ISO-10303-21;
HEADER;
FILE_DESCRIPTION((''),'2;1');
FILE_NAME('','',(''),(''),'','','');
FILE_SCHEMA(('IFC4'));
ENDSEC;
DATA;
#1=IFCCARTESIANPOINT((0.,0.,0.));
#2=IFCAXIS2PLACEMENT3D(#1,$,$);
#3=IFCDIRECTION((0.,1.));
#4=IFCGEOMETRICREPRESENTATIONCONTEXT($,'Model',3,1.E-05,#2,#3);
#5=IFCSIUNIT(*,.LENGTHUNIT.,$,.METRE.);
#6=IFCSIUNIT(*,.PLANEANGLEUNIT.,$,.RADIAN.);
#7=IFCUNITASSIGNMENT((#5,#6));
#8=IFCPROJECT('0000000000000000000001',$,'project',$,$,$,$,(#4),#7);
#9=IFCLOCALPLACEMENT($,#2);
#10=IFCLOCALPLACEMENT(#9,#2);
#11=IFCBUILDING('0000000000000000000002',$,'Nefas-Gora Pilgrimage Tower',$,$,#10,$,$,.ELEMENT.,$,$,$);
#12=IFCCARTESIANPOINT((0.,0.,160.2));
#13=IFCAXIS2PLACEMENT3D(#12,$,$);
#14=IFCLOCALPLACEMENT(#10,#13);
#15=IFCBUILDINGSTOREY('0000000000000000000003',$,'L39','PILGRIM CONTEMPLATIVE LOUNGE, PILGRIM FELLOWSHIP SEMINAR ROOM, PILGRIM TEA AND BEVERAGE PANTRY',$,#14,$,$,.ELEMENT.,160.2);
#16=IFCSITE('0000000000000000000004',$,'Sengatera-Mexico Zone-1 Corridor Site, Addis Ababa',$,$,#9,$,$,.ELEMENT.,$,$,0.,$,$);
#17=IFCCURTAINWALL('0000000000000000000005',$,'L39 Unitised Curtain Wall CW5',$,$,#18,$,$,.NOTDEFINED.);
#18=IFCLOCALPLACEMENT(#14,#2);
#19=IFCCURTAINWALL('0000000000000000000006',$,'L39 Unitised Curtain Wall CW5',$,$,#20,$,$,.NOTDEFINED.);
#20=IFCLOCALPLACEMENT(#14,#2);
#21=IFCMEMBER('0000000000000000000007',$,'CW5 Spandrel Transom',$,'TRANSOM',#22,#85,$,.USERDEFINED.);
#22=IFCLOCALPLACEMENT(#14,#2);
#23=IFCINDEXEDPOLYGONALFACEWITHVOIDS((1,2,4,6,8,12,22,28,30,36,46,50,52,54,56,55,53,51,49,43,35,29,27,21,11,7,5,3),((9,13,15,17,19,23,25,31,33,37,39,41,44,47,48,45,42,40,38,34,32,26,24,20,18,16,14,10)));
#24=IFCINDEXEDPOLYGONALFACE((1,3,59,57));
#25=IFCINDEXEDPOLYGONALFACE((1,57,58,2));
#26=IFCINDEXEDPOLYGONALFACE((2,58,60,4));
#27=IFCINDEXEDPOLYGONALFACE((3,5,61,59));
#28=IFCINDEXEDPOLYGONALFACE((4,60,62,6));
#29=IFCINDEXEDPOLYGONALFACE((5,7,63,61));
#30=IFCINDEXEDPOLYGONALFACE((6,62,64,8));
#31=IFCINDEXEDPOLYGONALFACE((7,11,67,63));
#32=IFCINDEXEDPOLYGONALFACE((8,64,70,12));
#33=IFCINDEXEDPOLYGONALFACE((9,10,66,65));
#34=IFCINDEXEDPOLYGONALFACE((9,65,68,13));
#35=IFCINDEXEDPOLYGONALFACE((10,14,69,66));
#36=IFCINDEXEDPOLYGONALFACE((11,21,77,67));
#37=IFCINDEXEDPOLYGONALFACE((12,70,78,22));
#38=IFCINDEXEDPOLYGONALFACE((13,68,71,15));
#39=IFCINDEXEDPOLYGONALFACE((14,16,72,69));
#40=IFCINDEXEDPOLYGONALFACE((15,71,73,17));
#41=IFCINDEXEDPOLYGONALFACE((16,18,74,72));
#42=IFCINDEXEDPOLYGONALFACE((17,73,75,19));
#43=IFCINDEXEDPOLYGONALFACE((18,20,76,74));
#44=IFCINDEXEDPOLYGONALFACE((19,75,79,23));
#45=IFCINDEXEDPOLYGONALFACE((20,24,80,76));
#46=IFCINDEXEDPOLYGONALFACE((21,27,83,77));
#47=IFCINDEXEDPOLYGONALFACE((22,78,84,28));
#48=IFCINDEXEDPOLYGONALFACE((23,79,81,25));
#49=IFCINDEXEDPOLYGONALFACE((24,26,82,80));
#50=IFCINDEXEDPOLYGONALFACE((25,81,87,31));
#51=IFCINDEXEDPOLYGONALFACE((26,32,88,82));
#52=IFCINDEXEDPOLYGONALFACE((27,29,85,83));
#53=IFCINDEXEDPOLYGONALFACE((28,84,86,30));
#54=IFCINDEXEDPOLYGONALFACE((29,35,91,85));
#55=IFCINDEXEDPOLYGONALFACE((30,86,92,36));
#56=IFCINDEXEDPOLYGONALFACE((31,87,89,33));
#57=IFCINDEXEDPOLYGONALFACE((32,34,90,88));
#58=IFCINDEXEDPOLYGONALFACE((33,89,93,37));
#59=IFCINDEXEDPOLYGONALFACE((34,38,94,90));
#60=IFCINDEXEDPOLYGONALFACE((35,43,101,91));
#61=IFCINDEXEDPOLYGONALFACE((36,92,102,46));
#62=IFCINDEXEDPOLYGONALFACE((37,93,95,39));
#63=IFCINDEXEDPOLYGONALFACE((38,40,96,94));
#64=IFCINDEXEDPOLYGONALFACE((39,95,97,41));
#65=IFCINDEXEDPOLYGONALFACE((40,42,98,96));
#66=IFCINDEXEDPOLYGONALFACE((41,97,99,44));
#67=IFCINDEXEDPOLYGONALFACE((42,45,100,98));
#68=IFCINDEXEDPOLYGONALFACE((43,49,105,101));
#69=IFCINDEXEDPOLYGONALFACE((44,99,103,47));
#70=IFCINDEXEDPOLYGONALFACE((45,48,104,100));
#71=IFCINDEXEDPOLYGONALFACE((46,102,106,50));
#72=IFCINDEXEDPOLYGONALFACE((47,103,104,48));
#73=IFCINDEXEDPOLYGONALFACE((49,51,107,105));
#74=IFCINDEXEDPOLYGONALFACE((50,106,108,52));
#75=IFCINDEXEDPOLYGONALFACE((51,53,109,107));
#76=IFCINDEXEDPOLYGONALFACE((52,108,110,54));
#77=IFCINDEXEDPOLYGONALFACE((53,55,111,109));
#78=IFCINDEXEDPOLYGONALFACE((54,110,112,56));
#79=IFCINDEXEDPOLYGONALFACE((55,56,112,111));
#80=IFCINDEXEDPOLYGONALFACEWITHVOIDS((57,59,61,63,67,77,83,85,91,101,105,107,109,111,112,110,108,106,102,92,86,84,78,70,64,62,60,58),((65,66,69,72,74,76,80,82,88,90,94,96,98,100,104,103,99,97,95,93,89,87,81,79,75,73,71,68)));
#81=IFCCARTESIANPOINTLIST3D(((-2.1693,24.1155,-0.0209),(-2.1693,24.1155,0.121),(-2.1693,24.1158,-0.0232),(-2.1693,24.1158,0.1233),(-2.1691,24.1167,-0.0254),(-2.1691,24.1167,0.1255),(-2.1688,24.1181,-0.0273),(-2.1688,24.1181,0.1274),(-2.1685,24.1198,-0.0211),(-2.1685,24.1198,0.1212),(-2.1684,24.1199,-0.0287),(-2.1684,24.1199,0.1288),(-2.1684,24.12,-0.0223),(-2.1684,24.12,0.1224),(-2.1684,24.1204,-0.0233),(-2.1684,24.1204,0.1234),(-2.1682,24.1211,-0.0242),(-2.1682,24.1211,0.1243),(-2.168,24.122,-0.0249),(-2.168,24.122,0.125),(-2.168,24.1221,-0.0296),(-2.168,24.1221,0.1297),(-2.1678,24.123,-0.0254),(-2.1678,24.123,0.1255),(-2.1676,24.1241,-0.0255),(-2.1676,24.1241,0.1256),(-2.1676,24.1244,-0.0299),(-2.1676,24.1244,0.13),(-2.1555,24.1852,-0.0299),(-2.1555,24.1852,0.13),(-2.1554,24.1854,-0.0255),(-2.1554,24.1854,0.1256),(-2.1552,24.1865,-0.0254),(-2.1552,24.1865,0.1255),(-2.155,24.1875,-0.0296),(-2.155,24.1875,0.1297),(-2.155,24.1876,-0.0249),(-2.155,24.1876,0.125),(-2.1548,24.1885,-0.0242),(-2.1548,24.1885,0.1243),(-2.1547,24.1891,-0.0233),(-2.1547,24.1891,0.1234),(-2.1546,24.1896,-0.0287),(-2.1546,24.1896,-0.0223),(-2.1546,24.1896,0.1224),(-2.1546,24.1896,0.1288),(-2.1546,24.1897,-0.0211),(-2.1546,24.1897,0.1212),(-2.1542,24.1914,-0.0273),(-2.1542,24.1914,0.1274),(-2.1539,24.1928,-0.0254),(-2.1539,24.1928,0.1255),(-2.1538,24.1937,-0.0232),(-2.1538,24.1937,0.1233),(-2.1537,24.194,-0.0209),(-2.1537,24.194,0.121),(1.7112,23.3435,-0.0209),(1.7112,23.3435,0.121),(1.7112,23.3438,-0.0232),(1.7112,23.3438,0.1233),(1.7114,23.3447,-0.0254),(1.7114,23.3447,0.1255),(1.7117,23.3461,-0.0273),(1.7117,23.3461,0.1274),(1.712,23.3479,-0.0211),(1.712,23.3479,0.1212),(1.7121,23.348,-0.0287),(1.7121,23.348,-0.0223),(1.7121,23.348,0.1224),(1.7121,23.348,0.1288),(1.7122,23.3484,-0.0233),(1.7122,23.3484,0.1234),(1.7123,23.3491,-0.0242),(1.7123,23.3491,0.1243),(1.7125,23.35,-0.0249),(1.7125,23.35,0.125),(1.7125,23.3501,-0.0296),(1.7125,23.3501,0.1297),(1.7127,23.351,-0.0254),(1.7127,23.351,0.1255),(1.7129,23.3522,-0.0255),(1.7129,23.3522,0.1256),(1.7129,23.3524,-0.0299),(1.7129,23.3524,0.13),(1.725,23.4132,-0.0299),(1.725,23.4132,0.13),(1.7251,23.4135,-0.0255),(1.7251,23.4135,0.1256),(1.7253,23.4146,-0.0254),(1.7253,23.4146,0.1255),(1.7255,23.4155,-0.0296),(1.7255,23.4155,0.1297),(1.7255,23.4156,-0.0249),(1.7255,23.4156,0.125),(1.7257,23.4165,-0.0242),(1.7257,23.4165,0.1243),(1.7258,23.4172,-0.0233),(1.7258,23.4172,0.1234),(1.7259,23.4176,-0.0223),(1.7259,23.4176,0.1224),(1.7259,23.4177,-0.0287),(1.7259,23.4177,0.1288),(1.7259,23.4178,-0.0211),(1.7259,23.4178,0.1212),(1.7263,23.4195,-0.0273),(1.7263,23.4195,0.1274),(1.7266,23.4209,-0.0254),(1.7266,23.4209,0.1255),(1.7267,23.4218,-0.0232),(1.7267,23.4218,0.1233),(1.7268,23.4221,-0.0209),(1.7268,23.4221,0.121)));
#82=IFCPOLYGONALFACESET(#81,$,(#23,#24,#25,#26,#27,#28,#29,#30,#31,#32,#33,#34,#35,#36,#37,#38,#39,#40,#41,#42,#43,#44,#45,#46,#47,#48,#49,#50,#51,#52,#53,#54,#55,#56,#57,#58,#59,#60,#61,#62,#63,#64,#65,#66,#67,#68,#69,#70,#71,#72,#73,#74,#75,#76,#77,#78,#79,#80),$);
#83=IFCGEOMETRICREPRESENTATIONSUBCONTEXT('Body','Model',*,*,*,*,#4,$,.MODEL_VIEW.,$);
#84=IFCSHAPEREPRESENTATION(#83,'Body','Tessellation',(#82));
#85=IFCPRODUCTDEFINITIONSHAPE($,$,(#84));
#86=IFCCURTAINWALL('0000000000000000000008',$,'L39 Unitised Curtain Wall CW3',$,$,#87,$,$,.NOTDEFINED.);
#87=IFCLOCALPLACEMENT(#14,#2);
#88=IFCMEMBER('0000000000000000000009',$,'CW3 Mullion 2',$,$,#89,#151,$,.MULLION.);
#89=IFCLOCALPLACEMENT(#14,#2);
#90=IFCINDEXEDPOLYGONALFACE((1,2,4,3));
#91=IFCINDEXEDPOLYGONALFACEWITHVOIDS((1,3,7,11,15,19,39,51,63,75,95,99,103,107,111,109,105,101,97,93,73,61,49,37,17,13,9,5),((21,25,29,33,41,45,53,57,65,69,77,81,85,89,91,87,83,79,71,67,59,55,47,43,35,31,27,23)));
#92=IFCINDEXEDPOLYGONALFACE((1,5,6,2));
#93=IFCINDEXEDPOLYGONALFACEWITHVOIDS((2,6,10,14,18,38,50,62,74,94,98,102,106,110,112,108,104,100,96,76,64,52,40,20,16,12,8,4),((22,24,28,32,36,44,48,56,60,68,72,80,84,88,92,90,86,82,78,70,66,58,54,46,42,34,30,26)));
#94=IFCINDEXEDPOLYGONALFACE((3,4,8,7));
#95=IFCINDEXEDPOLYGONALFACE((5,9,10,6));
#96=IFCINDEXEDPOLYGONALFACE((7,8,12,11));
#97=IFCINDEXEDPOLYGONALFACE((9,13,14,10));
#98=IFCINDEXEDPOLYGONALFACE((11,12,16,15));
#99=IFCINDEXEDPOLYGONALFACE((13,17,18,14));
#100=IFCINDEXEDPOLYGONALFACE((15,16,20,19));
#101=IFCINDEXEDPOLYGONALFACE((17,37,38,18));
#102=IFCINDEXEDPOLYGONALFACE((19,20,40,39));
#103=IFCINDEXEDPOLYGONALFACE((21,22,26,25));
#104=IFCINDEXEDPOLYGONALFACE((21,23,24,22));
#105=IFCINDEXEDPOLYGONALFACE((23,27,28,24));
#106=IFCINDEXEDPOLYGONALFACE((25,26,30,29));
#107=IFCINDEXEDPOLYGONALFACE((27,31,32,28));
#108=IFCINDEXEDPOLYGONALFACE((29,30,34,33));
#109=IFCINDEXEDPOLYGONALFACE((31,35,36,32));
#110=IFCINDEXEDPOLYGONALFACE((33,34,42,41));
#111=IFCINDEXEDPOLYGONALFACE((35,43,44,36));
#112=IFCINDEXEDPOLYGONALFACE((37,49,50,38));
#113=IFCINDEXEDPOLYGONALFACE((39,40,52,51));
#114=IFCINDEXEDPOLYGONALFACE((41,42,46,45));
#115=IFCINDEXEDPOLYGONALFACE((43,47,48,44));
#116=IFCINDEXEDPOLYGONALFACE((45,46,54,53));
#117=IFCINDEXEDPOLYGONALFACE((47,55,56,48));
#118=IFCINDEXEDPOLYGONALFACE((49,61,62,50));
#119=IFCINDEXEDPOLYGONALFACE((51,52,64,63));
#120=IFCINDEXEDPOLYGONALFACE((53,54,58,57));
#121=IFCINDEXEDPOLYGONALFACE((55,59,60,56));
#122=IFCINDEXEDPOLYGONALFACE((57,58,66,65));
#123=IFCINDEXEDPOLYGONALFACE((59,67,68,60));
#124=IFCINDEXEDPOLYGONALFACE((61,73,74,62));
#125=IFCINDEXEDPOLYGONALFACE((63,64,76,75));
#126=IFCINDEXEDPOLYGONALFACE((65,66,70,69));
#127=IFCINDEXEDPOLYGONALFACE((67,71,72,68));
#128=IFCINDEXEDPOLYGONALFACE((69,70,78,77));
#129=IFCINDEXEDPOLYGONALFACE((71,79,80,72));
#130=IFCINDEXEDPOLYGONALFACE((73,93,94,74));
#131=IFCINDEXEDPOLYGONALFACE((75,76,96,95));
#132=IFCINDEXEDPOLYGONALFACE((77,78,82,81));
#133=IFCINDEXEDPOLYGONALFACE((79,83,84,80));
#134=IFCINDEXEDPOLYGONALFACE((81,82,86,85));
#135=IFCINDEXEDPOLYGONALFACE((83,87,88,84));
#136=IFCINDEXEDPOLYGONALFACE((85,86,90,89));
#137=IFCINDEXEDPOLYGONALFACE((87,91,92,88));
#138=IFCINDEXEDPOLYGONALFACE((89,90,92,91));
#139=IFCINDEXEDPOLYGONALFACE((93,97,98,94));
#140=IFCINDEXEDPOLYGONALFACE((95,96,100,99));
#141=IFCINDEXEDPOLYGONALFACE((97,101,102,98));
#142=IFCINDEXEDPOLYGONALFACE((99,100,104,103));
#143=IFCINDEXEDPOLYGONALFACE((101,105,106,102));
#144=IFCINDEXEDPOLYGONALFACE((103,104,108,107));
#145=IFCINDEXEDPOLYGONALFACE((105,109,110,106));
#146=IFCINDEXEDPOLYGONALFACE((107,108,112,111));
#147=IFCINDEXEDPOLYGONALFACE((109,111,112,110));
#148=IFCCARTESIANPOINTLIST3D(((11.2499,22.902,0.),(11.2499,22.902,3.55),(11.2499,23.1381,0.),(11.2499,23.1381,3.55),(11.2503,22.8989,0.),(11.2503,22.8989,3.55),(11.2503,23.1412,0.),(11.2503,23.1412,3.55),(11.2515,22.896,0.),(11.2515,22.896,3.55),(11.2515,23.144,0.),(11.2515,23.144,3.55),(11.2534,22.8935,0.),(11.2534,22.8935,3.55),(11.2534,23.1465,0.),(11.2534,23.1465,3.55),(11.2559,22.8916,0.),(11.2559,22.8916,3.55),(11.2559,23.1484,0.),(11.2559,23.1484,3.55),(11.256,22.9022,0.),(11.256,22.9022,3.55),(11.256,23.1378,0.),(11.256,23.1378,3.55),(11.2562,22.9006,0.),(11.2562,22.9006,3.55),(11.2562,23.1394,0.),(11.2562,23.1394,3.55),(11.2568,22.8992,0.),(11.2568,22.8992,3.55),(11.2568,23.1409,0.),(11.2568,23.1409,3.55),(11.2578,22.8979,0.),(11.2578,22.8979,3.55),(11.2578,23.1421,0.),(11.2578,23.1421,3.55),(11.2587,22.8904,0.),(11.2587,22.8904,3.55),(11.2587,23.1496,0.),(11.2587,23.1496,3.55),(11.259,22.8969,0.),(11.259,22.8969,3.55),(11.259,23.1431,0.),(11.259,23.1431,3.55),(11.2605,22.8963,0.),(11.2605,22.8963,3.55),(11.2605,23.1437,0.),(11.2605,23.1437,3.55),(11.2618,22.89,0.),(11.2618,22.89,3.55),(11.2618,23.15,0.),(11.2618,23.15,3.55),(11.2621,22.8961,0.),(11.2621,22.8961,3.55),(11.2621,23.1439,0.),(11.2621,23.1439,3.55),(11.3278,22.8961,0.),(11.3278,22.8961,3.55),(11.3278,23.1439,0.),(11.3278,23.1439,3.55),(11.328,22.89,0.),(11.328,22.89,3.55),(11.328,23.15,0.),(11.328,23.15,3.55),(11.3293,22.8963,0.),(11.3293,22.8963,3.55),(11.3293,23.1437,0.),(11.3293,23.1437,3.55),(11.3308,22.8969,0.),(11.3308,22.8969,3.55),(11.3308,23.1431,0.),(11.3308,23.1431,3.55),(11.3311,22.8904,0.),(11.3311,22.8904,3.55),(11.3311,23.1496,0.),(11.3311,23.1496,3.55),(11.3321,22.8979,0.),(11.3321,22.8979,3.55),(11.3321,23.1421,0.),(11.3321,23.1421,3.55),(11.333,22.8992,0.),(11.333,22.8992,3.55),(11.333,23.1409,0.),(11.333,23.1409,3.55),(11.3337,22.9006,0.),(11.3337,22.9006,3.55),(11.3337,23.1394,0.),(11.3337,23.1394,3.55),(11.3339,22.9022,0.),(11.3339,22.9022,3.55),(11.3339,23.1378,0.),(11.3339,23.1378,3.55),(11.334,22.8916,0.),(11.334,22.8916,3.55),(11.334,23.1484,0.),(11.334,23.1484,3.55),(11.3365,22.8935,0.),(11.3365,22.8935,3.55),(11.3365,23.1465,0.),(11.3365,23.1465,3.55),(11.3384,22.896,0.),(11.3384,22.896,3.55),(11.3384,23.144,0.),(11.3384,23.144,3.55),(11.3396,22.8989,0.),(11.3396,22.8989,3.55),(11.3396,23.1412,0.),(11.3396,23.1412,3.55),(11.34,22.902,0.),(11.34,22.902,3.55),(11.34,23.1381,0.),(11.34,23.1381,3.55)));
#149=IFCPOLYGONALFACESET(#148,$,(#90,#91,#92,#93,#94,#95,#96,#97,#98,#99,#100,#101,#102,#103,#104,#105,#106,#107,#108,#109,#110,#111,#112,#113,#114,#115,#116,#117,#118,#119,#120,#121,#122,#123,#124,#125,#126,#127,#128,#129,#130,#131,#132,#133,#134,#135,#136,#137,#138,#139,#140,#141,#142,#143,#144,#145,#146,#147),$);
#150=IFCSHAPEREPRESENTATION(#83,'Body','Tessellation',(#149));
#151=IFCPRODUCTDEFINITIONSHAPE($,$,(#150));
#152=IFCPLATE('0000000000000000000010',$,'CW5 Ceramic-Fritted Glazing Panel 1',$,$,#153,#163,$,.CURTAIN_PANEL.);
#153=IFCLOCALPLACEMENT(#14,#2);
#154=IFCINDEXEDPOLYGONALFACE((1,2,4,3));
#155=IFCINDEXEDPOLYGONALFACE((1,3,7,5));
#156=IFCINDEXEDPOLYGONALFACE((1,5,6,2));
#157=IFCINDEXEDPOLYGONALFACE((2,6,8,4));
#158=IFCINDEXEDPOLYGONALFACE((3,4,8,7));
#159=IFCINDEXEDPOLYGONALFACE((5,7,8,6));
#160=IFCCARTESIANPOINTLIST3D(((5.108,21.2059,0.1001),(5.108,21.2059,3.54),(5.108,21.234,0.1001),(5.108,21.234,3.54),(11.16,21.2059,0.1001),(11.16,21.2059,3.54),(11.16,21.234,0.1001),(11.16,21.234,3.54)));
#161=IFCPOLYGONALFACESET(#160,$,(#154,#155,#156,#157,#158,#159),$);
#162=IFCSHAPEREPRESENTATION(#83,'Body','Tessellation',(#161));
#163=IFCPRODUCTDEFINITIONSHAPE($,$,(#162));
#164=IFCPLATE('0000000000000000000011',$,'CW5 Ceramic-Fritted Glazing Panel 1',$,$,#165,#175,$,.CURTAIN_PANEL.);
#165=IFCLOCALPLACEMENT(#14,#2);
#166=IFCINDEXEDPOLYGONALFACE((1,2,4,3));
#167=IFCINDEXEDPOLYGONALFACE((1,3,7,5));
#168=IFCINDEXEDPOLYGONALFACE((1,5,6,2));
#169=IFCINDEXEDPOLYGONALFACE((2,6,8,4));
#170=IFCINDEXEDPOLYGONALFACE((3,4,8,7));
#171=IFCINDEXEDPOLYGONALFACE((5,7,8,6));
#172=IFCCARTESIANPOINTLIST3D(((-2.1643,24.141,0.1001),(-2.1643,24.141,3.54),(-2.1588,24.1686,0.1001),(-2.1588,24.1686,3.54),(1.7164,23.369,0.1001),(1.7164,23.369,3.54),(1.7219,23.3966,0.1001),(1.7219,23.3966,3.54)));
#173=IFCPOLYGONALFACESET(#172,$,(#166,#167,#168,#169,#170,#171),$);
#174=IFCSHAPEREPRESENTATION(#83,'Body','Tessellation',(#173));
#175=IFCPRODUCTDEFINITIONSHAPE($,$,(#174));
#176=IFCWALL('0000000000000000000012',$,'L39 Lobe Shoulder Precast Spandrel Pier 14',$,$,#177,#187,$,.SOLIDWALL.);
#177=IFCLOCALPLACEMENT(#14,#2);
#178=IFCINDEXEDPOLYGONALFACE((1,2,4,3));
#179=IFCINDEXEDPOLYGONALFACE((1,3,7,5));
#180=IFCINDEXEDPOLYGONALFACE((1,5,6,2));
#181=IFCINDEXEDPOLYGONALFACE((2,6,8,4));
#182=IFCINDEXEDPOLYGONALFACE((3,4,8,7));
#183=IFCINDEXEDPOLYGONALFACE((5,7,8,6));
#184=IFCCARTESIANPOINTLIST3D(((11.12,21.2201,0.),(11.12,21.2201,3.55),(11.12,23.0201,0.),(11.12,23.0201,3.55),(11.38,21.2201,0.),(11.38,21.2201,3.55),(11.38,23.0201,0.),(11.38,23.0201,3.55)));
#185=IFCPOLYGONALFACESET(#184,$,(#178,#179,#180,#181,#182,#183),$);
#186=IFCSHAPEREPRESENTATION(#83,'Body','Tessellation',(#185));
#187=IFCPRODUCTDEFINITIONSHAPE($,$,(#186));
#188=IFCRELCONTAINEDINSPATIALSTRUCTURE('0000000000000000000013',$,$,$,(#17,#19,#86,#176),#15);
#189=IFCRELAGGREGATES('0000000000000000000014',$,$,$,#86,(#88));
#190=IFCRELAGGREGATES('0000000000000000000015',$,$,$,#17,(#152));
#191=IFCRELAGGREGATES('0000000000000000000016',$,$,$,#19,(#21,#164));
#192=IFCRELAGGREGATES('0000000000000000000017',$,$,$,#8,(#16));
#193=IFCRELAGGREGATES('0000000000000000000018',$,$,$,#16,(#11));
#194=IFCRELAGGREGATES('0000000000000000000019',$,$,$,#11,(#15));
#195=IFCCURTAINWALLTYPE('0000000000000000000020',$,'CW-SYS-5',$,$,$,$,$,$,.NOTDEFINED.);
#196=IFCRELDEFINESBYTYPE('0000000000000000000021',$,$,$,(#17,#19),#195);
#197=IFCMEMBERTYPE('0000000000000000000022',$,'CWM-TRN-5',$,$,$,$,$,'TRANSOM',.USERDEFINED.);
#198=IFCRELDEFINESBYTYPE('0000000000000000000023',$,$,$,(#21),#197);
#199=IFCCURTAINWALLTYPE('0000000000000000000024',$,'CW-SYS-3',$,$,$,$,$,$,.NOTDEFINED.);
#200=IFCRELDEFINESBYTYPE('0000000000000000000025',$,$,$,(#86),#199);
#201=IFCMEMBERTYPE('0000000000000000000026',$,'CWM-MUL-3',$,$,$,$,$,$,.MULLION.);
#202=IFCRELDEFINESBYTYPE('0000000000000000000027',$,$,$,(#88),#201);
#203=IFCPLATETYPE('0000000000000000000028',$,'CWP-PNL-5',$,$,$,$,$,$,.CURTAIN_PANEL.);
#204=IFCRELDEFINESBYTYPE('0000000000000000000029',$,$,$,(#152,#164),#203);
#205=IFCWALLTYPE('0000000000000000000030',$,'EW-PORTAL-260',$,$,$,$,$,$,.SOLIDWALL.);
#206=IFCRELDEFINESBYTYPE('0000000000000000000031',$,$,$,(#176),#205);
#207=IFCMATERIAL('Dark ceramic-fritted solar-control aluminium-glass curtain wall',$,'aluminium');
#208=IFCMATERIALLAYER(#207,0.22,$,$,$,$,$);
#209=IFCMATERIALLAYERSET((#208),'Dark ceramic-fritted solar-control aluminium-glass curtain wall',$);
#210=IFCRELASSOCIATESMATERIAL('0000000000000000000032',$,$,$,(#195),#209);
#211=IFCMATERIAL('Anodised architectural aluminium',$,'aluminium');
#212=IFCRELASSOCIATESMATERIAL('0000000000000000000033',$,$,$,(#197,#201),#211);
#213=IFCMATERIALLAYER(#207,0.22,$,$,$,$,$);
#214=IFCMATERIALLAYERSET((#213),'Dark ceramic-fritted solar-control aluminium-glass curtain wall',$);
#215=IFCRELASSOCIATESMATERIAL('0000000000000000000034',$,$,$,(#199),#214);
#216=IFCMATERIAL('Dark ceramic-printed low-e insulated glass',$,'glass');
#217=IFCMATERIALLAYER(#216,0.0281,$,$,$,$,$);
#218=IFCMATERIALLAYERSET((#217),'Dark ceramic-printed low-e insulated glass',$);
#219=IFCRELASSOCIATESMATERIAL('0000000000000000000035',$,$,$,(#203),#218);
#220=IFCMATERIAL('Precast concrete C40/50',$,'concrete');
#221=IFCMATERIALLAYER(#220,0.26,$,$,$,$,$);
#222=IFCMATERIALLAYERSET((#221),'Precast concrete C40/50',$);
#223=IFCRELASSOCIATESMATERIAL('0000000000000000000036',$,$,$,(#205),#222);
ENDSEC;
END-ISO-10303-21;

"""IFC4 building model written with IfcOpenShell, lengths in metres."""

from ifc_helpers import new_model, si_unit, direction, frame, frame_2d, origin, origin_2d, place, context, subcontext, project, spatial, rectangle, hollow_rectangle, extrude, source, transform, mapped, material, layer, layer_set, material_profile, profile_set, type_object, element, aggregate, save


model = new_model("IFC4")

# Units and contexts
model_context = context("Model", 3, precision=1e-05, world=origin(), true_north=direction((0.0, 1.0)))
body_context = subcontext(model_context, "Body", "Model", "MODEL_VIEW")
ifc_project = project(units=[si_unit("LENGTHUNIT", "METRE"), si_unit("PLANEANGLEUNIT", "RADIAN")], contexts=[model_context])

# Site, building, storey
site_placement = place(None, origin())
site = spatial("IfcSite", under=ifc_project, at=site_placement, Name="Sengatera-Mexico Zone-1 Corridor Site, Addis Ababa", CompositionType="ELEMENT", RefElevation=0.0)
building_placement = place(site_placement, origin())
building = spatial("IfcBuilding", under=site, at=building_placement, Name="Nefas-Gora Pilgrimage Tower", CompositionType="ELEMENT")
storey_placement = place(building_placement, frame((0.0, 0.0, 160.2)))
storey = spatial("IfcBuildingStorey", under=building, at=storey_placement, Name="L39", Description="PILGRIM CONTEMPLATIVE LOUNGE, PILGRIM FELLOWSHIP SEMINAR ROOM, PILGRIM TEA AND BEVERAGE PANTRY", CompositionType="ELEMENT", Elevation=160.2)

# Curtain wall
ifc_material_1 = material(Name="Dark ceramic-fritted solar-control aluminium-glass curtain wall", Category="aluminium")
ifc_layer_1 = layer(ifc_material_1, 0.22)
ifc_layer_set_1 = layer_set([ifc_layer_1], Name="Dark ceramic-fritted solar-control aluminium-glass curtain wall")
curtain_wall_type_1 = type_object("IfcCurtainWallType", Name="CW-SYS-5", PredefinedType="NOTDEFINED", material=ifc_layer_set_1)
curtain_wall_1_placement = place(storey_placement, origin())
curtain_wall_1 = element("IfcCurtainWall", 1, at=curtain_wall_1_placement, inside=storey, type_object=curtain_wall_type_1, Name="L39 Unitised Curtain Wall CW5", PredefinedType="NOTDEFINED")
ifc_material_2 = material(Name="Anodised architectural aluminium", Category="aluminium")

# Curtain wall
curtain_wall_2_placement = place(storey_placement, origin())
curtain_wall_2 = element("IfcCurtainWall", 2, at=curtain_wall_2_placement, inside=storey, type_object=curtain_wall_type_1, Name="L39 Unitised Curtain Wall CW5", PredefinedType="NOTDEFINED")

# Member
ifc_material_profile_1 = material_profile(ifc_material_2, hollow_rectangle(XDim=0.0801, YDim=0.1599, WallThickness=0.0044, InnerFilletRadius=0.0044, OuterFilletRadius=0.009, at=origin_2d()), Name="ALU TRANSOM 80x160")
ifc_profile_set_1 = profile_set([ifc_material_profile_1], Name="Anodised architectural aluminium")
member_type_1 = type_object("IfcMemberType", Name="CWM-TRN-5", ElementType="TRANSOM", PredefinedType="USERDEFINED", material=ifc_profile_set_1)
shared_shape_1 = source(origin(), body_context, "Body", "SweptSolid", [
    extrude(hollow_rectangle(XDim=0.0801, YDim=0.1599, WallThickness=0.0044, InnerFilletRadius=0.0044, OuterFilletRadius=0.009, at=origin_2d()), origin(), (0.0, 0.0, 1.0), 3.9565),
])
member_1_placement = place(storey_placement, frame((1.719, 23.3828, 0.05), z_axis=(-0.980782, 0.195107, 0.0), x_axis=(-0.195107, -0.980782, 0.0)))
member_1 = element("IfcMember", 3, at=member_1_placement, type_object=member_type_1, Name="CW5 Spandrel Transom", ObjectType="TRANSOM", PredefinedType="USERDEFINED", context=body_context, shape_type="MappedRepresentation", body=[
    mapped(shared_shape_1, transform((0.0, 0.0, 0.0), x_axis=(1.0, 0.0, 0.0), y_axis=(0.0, 1.0, 0.0), z_axis=(0.0, 0.0, 1.0), scale=1.0)),
])

# Curtain wall, member
ifc_layer_2 = layer(ifc_material_1, 0.22)
ifc_layer_set_2 = layer_set([ifc_layer_2], Name="Dark ceramic-fritted solar-control aluminium-glass curtain wall")
curtain_wall_type_2 = type_object("IfcCurtainWallType", Name="CW-SYS-3", PredefinedType="NOTDEFINED", material=ifc_layer_set_2)
curtain_wall_3_placement = place(storey_placement, origin())
curtain_wall_3 = element("IfcCurtainWall", 4, at=curtain_wall_3_placement, inside=storey, type_object=curtain_wall_type_2, Name="L39 Unitised Curtain Wall CW3", PredefinedType="NOTDEFINED")
ifc_material_profile_2 = material_profile(ifc_material_2, hollow_rectangle(XDim=0.0901, YDim=0.26, WallThickness=0.0061, InnerFilletRadius=0.0061, OuterFilletRadius=0.012, at=origin_2d()), Name="ALU MULLION 90x260")
ifc_profile_set_2 = profile_set([ifc_material_profile_2], Name="Anodised architectural aluminium")
member_type_2 = type_object("IfcMemberType", Name="CWM-MUL-3", PredefinedType="MULLION", material=ifc_profile_set_2)
shared_shape_2 = source(origin(), body_context, "Body", "SweptSolid", [
    extrude(hollow_rectangle(XDim=0.0901, YDim=0.26, WallThickness=0.0061, InnerFilletRadius=0.0061, OuterFilletRadius=0.012, at=origin_2d()), origin(), (0.0, 0.0, 1.0), 3.55),
])
member_2_placement = place(storey_placement, frame((11.2949, 23.02, 0.0), z_axis=(0.0, 0.0, 1.0), x_axis=(-1.0, 0.0, 0.0)))
member_2 = element("IfcMember", 5, at=member_2_placement, type_object=member_type_2, Name="CW3 Mullion 2", PredefinedType="MULLION", context=body_context, shape_type="MappedRepresentation", body=[
    mapped(shared_shape_2, transform((0.0, 0.0, 0.0), x_axis=(1.0, 0.0, 0.0), y_axis=(0.0, 1.0, 0.0), z_axis=(0.0, 0.0, 1.0), scale=1.0)),
])
aggregate(curtain_wall_3, [member_2])

# Plates
ifc_material_3 = material(Name="Dark ceramic-printed low-e insulated glass", Category="glass")
ifc_layer_3 = layer(ifc_material_3, 0.0281)
ifc_layer_set_3 = layer_set([ifc_layer_3], Name="Dark ceramic-printed low-e insulated glass")
plate_type = type_object("IfcPlateType", Name="CWP-PNL-5", PredefinedType="CURTAIN_PANEL", material=ifc_layer_set_3)
shared_shape_3 = source(origin(), body_context, "Body", "SweptSolid", [
    extrude(rectangle(XDim=6.052, YDim=0.0281, at=origin_2d()), origin(), (0.0, 0.0, 1.0), 3.4399),
])
plate_1_placement = place(storey_placement, frame((8.134, 21.22, 0.1001), z_axis=(0.0, 0.0, 1.0), x_axis=(-1.0, 0.0, 0.0)))
plate_1 = element("IfcPlate", 6, at=plate_1_placement, type_object=plate_type, Name="CW5 Ceramic-Fritted Glazing Panel 1", PredefinedType="CURTAIN_PANEL", context=body_context, shape_type="MappedRepresentation", body=[
    mapped(shared_shape_3, transform((0.0, 0.0, 0.0), x_axis=(1.0, 0.0, 0.0), y_axis=(0.0, 1.0, 0.0), z_axis=(0.0, 0.0, 1.0), scale=1.0)),
])
aggregate(curtain_wall_1, [plate_1])
shared_shape_4 = source(origin(), body_context, "Body", "SweptSolid", [
    extrude(rectangle(XDim=3.9568, YDim=0.0281, at=origin_2d()), origin(), (0.0, 0.0, 1.0), 3.4399),
])
plate_2_placement = place(storey_placement, frame((-0.2212, 23.7688, 0.1001), z_axis=(0.0, 0.0, 1.0), x_axis=(-0.980783, 0.195102, 0.0)))
plate_2 = element("IfcPlate", 7, at=plate_2_placement, type_object=plate_type, Name="CW5 Ceramic-Fritted Glazing Panel 1", PredefinedType="CURTAIN_PANEL", context=body_context, shape_type="MappedRepresentation", body=[
    mapped(shared_shape_4, transform((0.0, 0.0, 0.0), x_axis=(1.0, 0.0, 0.0), y_axis=(0.0, 1.0, 0.0), z_axis=(0.0, 0.0, 1.0), scale=1.0)),
])
aggregate(curtain_wall_2, [member_1, plate_2])

# Wall
ifc_material_4 = material(Name="Precast concrete C40/50", Category="concrete")
ifc_layer_4 = layer(ifc_material_4, 0.26)
ifc_layer_set_4 = layer_set([ifc_layer_4], Name="Precast concrete C40/50")
wall_type_1 = type_object("IfcWallType", Name="EW-PORTAL-260", PredefinedType="SOLIDWALL", material=ifc_layer_set_4)
shared_shape_5 = source(origin(), body_context, "Body", "SweptSolid", [
    extrude(rectangle(XDim=1.8, YDim=0.26, at=frame_2d((0.8999, 0.0))), origin(), (0.0, 0.0, 1.0), 3.55),
])
wall_1_placement = place(storey_placement, frame((11.25, 23.02, 0.0), z_axis=(0.0, 0.0, 1.0), x_axis=(0.0, -1.0, 0.0)))
element("IfcWall", 8, at=wall_1_placement, inside=storey, type_object=wall_type_1, Name="L39 Lobe Shoulder Precast Spandrel Pier 14", PredefinedType="SOLIDWALL", context=body_context, shape_type="MappedRepresentation", body=[
    mapped(shared_shape_5, transform((0.0, 0.0, 0.0), x_axis=(1.0, 0.0, 0.0), y_axis=(0.0, 1.0, 0.0), z_axis=(0.0, 0.0, 1.0), scale=1.0)),
])

save(model, "model.ifc")
